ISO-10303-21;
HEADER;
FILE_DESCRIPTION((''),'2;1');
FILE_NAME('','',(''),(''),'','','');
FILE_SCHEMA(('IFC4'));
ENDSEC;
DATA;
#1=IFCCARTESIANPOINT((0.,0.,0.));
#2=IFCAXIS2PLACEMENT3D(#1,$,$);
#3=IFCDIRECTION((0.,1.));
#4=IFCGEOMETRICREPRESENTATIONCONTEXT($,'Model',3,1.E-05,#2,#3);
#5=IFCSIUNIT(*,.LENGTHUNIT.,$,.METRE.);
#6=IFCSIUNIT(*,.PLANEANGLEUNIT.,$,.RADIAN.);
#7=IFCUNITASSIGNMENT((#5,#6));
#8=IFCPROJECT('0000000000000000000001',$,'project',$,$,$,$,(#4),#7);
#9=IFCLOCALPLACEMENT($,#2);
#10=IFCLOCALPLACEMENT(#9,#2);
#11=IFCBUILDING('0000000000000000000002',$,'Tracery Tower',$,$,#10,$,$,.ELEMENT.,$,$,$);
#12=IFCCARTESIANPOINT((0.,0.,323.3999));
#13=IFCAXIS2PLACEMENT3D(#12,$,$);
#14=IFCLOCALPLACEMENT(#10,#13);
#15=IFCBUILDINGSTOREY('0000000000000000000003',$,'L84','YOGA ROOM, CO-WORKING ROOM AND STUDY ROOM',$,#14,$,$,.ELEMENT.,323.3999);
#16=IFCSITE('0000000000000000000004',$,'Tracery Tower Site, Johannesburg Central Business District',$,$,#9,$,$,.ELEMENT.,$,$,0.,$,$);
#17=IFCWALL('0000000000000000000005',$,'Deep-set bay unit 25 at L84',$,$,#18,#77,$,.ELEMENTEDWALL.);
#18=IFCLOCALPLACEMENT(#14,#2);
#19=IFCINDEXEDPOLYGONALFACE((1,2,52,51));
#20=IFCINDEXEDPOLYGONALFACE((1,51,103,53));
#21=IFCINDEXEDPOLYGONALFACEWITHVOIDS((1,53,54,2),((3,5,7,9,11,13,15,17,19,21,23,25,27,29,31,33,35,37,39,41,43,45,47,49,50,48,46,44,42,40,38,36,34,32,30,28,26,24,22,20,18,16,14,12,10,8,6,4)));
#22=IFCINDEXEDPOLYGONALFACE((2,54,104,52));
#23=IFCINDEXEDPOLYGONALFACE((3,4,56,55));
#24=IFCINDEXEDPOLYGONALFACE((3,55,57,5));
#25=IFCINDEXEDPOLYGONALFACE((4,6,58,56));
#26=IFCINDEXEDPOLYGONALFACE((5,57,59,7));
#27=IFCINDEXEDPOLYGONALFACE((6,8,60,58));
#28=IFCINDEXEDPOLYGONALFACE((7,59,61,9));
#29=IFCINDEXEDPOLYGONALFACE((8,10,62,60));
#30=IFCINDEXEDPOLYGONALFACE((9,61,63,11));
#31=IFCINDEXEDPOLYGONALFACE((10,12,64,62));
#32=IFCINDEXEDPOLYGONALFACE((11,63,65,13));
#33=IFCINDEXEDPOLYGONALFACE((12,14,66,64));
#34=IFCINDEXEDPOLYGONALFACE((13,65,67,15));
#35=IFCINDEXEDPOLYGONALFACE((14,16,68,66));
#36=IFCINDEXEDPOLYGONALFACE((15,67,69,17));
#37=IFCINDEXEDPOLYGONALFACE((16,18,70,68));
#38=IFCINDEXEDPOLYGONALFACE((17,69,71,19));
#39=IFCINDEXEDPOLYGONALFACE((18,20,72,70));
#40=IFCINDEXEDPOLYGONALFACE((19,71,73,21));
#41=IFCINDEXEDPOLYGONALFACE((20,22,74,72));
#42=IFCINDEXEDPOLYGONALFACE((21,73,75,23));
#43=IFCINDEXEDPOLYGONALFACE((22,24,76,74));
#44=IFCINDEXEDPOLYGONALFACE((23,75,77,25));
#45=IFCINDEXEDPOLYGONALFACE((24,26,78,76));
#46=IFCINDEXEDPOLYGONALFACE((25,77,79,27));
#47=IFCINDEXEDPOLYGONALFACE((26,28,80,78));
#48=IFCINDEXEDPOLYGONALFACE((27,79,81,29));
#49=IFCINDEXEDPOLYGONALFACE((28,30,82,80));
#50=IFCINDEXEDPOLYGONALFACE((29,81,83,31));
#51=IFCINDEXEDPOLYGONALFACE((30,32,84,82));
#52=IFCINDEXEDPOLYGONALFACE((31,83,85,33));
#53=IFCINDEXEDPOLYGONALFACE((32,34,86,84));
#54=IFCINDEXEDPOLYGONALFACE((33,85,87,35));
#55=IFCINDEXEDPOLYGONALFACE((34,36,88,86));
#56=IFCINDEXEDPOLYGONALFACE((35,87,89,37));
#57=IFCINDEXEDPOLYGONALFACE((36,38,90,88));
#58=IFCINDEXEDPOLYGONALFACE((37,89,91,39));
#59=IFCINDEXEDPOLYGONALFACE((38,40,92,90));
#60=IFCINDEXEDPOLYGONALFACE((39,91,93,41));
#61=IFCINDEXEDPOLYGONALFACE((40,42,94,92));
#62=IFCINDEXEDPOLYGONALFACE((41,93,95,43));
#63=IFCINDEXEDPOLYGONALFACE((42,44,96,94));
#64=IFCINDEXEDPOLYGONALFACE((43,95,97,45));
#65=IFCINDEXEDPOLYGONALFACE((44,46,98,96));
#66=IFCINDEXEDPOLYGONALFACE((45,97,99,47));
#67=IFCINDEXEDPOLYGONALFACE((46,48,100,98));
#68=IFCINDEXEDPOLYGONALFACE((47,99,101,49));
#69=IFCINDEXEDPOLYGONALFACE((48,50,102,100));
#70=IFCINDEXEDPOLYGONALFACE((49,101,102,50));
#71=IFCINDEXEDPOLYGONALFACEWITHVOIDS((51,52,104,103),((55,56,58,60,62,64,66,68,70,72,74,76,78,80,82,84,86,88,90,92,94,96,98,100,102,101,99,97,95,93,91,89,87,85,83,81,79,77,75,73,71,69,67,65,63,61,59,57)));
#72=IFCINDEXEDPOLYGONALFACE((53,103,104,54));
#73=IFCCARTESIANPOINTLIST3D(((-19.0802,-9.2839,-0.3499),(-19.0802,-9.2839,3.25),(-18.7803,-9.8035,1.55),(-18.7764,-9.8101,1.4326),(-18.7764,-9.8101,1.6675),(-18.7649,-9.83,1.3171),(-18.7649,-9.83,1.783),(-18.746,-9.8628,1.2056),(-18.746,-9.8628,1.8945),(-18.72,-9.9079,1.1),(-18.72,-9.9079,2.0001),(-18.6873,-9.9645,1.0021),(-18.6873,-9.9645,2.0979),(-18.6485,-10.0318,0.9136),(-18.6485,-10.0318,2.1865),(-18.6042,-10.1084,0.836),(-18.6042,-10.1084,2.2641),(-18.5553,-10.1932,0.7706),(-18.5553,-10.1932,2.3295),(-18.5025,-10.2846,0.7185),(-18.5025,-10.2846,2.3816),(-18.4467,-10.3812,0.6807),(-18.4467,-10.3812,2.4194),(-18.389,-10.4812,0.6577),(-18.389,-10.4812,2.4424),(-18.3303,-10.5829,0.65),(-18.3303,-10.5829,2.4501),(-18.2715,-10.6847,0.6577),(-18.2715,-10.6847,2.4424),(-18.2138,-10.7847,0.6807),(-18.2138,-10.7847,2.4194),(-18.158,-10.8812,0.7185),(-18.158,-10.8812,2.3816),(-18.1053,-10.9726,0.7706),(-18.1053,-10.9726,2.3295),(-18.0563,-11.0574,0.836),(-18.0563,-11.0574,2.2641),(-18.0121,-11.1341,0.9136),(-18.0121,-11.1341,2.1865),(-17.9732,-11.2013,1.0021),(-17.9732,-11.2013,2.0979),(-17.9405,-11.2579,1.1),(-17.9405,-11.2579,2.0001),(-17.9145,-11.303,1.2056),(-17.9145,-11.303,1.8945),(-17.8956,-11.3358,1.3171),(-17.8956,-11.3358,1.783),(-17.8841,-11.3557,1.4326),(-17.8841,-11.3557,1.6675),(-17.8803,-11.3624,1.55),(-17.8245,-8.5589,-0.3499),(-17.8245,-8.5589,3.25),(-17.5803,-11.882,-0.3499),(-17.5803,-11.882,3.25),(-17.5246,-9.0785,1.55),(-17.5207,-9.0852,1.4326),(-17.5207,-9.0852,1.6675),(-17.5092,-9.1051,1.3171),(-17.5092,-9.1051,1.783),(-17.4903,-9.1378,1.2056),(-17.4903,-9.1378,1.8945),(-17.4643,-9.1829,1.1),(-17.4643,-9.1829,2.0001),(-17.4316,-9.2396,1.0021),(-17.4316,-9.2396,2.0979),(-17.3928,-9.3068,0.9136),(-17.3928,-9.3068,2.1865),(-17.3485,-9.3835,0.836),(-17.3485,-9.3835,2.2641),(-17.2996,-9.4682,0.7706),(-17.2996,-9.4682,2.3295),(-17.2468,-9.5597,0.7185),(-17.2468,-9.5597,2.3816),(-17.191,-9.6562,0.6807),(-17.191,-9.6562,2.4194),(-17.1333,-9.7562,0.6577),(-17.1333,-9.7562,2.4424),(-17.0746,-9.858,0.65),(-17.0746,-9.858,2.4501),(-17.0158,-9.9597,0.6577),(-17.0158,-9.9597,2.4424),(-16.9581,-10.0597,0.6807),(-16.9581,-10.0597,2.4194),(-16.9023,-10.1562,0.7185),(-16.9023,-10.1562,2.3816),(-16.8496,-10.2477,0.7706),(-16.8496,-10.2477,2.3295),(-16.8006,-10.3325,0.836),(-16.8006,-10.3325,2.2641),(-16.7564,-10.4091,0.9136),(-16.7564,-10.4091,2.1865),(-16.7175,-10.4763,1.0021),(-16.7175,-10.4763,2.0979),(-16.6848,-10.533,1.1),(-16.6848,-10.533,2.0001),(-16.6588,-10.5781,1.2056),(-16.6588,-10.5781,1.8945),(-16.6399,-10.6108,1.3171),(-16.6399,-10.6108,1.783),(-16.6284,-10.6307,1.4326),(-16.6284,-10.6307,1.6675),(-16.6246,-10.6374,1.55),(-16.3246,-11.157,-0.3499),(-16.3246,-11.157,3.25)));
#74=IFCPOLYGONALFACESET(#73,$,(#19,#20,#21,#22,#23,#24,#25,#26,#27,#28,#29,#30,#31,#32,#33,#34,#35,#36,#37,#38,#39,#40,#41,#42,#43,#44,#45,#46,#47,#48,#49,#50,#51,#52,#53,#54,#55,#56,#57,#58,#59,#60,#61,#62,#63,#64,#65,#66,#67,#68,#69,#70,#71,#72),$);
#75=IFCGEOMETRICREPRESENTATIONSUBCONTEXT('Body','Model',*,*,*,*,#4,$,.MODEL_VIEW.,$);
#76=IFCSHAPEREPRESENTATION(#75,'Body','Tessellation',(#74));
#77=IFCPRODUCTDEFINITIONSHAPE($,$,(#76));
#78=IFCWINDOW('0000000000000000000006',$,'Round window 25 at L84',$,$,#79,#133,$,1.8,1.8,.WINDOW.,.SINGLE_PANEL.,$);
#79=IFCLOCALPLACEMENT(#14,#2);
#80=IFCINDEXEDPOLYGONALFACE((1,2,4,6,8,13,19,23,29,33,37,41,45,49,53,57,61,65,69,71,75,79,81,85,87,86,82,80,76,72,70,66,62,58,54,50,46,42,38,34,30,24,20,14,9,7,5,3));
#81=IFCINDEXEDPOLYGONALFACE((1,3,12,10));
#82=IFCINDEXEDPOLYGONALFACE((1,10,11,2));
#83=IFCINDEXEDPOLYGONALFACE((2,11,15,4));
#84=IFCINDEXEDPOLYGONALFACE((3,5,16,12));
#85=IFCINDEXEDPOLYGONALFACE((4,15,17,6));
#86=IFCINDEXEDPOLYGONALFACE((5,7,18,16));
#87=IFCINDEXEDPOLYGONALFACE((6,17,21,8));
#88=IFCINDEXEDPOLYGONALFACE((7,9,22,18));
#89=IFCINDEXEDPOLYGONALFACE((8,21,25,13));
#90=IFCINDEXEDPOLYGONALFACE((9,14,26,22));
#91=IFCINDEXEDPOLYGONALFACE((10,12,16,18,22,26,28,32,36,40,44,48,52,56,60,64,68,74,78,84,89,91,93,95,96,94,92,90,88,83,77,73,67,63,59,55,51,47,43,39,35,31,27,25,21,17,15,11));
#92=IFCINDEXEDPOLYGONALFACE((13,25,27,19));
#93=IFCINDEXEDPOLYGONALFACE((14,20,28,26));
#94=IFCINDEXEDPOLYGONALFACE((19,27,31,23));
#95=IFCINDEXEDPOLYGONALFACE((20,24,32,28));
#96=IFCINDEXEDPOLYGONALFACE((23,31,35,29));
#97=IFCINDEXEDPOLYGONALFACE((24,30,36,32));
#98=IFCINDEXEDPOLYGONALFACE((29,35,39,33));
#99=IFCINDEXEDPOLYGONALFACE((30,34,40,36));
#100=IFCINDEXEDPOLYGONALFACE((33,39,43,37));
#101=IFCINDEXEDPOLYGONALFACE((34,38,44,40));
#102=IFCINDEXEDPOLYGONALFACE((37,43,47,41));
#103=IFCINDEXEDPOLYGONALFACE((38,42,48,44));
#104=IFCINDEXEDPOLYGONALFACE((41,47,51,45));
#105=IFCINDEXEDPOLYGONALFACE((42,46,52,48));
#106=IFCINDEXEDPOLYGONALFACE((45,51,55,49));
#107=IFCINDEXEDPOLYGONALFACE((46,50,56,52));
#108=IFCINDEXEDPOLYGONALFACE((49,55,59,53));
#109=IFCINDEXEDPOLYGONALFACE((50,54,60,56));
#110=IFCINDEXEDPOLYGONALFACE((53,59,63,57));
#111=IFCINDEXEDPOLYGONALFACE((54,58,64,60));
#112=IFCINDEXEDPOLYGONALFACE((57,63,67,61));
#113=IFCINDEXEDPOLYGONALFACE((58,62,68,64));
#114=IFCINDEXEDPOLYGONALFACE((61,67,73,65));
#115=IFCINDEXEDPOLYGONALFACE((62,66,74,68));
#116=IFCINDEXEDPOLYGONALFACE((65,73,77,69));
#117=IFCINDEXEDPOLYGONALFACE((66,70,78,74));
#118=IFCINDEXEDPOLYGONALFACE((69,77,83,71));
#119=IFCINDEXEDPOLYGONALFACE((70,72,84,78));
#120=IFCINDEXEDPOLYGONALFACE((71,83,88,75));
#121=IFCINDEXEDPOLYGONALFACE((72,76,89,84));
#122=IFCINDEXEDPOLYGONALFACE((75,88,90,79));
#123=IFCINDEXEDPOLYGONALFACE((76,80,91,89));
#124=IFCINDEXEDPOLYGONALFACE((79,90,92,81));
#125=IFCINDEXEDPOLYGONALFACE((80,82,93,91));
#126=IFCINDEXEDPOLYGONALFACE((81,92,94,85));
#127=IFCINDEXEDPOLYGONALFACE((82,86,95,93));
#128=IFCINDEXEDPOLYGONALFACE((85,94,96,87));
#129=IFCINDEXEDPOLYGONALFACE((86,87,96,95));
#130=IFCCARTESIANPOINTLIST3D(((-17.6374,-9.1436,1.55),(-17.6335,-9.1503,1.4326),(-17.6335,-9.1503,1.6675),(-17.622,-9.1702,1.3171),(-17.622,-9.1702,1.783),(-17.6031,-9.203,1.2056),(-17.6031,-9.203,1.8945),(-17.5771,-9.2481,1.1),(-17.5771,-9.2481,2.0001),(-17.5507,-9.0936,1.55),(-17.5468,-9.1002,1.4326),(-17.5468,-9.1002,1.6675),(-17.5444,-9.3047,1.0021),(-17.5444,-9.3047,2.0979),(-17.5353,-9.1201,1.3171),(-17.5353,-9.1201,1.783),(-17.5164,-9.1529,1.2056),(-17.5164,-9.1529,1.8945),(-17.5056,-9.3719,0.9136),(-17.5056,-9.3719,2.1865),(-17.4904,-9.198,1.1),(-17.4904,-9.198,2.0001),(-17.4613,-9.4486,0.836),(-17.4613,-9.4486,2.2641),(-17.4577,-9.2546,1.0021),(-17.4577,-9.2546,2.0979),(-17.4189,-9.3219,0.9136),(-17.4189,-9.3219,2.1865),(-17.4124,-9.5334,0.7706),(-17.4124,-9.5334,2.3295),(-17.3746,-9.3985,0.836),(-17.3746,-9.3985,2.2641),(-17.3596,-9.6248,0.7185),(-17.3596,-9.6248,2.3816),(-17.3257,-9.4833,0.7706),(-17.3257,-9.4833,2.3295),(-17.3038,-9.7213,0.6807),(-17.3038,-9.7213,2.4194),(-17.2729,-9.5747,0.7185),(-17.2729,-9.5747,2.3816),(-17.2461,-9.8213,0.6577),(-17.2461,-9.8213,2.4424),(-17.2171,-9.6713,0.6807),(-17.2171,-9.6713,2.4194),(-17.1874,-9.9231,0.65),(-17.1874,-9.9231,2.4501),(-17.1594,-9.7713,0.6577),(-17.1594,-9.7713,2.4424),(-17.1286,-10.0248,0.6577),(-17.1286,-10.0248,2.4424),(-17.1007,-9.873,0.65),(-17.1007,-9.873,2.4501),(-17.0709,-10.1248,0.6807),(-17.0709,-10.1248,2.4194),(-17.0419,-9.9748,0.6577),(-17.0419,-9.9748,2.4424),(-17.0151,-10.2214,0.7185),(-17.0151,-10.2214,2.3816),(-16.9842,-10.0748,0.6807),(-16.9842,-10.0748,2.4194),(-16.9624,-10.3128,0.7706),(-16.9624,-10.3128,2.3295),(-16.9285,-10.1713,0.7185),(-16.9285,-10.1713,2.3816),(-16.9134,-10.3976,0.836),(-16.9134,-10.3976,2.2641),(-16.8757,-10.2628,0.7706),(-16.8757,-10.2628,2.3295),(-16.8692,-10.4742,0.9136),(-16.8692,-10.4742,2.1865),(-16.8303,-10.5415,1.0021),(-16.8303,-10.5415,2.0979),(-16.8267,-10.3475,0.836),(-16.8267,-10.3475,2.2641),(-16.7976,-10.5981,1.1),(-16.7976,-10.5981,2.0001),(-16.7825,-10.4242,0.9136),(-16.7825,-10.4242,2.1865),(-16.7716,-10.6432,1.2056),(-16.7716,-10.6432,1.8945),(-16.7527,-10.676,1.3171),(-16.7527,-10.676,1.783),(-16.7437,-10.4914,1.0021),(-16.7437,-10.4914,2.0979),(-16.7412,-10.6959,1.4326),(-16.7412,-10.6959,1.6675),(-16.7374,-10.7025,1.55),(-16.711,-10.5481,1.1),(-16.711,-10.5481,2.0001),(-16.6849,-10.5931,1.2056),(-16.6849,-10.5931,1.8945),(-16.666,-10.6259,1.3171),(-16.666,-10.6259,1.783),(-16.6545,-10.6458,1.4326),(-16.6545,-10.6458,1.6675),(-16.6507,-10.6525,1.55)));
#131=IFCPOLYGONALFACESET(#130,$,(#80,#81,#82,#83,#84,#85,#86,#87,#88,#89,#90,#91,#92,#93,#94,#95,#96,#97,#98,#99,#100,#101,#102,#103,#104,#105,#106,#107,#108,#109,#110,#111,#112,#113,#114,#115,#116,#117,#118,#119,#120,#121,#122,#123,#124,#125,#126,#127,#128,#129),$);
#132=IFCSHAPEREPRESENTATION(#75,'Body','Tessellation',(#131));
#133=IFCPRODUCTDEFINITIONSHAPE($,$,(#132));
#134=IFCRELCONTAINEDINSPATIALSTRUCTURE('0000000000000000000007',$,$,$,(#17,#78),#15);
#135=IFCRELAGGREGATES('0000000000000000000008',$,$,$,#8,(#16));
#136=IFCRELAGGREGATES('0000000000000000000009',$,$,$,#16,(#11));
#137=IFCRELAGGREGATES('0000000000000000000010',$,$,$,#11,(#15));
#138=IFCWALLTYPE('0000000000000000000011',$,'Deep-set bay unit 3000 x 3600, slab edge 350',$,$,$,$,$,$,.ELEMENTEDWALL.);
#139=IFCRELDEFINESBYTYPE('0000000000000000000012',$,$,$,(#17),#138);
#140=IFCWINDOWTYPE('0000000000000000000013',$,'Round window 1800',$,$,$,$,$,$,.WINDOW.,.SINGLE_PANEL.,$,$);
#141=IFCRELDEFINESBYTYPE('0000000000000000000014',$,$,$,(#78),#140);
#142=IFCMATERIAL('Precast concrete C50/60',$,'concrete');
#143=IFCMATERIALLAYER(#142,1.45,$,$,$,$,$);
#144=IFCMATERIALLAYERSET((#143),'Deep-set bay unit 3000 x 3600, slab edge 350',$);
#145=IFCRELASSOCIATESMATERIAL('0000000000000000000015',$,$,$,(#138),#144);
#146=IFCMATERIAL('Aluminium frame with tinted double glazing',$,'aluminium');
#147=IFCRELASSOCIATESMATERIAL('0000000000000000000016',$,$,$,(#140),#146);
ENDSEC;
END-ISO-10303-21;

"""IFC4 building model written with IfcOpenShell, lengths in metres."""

from ifc_helpers import new_model, si_unit, direction, frame, frame_2d, origin, origin_2d, place, context, subcontext, project, spatial, rectangle, circle, extrude, material, layer, layer_set, type_object, element, fill, save


model = new_model("IFC4")

# Units and contexts
model_context = context("Model", 3, precision=1e-05, world=origin(), true_north=direction((0.0, 1.0)))
body_context = subcontext(model_context, "Body", "Model", "MODEL_VIEW")
ifc_project = project(units=[si_unit("LENGTHUNIT", "METRE"), si_unit("PLANEANGLEUNIT", "RADIAN")], contexts=[model_context])

# Site, building, storey
site_placement = place(None, origin())
site = spatial("IfcSite", under=ifc_project, at=site_placement, Name="Tracery Tower Site, Johannesburg Central Business District", CompositionType="ELEMENT", RefElevation=0.0)
building_placement = place(site_placement, origin())
building = spatial("IfcBuilding", under=site, at=building_placement, Name="Tracery Tower", CompositionType="ELEMENT")
storey_placement = place(building_placement, frame((0.0, 0.0, 323.3999)))
storey = spatial("IfcBuildingStorey", under=building, at=storey_placement, Name="L84", Description="YOGA ROOM, CO-WORKING ROOM AND STUDY ROOM", CompositionType="ELEMENT", Elevation=323.3999)

# Wall, opening, window
ifc_material_1 = material(Name="Precast concrete C50/60", Category="concrete")
ifc_layer_1 = layer(ifc_material_1, 1.45)
ifc_layer_set_1 = layer_set([ifc_layer_1], Name="Deep-set bay unit 3000 x 3600, slab edge 350")
wall_type_1 = type_object("IfcWallType", Name="Deep-set bay unit 3000 x 3600, slab edge 350", PredefinedType="ELEMENTEDWALL", material=ifc_layer_set_1)
wall_1_placement = place(storey_placement, frame((-18.4524, -8.9214, -0.3499), z_axis=(0.0, 0.0, 1.0), x_axis=(0.49999, -0.866031, 0.0)))
wall_1 = element("IfcWall", 1, at=wall_1_placement, inside=storey, type_object=wall_type_1, Name="Deep-set bay unit 25 at L84", PredefinedType="ELEMENTEDWALL", context=body_context, shape_type="SweptSolid", body=[
    extrude(rectangle(XDim=3.0, YDim=1.45, at=frame_2d((1.5, 0.0))), origin(), (0.0, 0.0, 1.0), 3.5999),
])
opening_1_placement = place(wall_1_placement, frame((1.5, 0.0, 1.8999)))
opening_1 = element("IfcOpeningElement", 2, at=opening_1_placement, cuts=wall_1, PredefinedType="OPENING", context=body_context, shape_type="SweptSolid", body=[
    extrude(circle(Radius=0.9, at=origin_2d()), frame((0.0, 0.7349, 0.0), z_axis=(0.0, -1.0, 0.0), x_axis=(1.0, 0.0, 0.0)), (0.0, 0.0, 1.0), 1.47),
])
ifc_material_2 = material(Name="Aluminium frame with tinted double glazing", Category="aluminium")
window_type = type_object("IfcWindowType", Name="Round window 1800", PartitioningType="SINGLE_PANEL", PredefinedType="WINDOW", material=ifc_material_2)
window_1_placement = place(opening_1_placement, origin())
window_1 = element("IfcWindow", 3, at=window_1_placement, inside=storey, type_object=window_type, Name="Round window 25 at L84", OverallHeight=1.8, OverallWidth=1.8, PartitioningType="SINGLE_PANEL", PredefinedType="WINDOW", context=body_context, shape_type="SweptSolid", body=[
    extrude(circle(Radius=0.9, at=origin_2d()), frame((0.0, 0.6948, 0.0), z_axis=(0.0, -1.0, 0.0), x_axis=(1.0, 0.0, 0.0)), (0.0, 0.0, 1.0), 0.1001),
])
fill(opening_1, window_1)

save(model, "model.ifc")
